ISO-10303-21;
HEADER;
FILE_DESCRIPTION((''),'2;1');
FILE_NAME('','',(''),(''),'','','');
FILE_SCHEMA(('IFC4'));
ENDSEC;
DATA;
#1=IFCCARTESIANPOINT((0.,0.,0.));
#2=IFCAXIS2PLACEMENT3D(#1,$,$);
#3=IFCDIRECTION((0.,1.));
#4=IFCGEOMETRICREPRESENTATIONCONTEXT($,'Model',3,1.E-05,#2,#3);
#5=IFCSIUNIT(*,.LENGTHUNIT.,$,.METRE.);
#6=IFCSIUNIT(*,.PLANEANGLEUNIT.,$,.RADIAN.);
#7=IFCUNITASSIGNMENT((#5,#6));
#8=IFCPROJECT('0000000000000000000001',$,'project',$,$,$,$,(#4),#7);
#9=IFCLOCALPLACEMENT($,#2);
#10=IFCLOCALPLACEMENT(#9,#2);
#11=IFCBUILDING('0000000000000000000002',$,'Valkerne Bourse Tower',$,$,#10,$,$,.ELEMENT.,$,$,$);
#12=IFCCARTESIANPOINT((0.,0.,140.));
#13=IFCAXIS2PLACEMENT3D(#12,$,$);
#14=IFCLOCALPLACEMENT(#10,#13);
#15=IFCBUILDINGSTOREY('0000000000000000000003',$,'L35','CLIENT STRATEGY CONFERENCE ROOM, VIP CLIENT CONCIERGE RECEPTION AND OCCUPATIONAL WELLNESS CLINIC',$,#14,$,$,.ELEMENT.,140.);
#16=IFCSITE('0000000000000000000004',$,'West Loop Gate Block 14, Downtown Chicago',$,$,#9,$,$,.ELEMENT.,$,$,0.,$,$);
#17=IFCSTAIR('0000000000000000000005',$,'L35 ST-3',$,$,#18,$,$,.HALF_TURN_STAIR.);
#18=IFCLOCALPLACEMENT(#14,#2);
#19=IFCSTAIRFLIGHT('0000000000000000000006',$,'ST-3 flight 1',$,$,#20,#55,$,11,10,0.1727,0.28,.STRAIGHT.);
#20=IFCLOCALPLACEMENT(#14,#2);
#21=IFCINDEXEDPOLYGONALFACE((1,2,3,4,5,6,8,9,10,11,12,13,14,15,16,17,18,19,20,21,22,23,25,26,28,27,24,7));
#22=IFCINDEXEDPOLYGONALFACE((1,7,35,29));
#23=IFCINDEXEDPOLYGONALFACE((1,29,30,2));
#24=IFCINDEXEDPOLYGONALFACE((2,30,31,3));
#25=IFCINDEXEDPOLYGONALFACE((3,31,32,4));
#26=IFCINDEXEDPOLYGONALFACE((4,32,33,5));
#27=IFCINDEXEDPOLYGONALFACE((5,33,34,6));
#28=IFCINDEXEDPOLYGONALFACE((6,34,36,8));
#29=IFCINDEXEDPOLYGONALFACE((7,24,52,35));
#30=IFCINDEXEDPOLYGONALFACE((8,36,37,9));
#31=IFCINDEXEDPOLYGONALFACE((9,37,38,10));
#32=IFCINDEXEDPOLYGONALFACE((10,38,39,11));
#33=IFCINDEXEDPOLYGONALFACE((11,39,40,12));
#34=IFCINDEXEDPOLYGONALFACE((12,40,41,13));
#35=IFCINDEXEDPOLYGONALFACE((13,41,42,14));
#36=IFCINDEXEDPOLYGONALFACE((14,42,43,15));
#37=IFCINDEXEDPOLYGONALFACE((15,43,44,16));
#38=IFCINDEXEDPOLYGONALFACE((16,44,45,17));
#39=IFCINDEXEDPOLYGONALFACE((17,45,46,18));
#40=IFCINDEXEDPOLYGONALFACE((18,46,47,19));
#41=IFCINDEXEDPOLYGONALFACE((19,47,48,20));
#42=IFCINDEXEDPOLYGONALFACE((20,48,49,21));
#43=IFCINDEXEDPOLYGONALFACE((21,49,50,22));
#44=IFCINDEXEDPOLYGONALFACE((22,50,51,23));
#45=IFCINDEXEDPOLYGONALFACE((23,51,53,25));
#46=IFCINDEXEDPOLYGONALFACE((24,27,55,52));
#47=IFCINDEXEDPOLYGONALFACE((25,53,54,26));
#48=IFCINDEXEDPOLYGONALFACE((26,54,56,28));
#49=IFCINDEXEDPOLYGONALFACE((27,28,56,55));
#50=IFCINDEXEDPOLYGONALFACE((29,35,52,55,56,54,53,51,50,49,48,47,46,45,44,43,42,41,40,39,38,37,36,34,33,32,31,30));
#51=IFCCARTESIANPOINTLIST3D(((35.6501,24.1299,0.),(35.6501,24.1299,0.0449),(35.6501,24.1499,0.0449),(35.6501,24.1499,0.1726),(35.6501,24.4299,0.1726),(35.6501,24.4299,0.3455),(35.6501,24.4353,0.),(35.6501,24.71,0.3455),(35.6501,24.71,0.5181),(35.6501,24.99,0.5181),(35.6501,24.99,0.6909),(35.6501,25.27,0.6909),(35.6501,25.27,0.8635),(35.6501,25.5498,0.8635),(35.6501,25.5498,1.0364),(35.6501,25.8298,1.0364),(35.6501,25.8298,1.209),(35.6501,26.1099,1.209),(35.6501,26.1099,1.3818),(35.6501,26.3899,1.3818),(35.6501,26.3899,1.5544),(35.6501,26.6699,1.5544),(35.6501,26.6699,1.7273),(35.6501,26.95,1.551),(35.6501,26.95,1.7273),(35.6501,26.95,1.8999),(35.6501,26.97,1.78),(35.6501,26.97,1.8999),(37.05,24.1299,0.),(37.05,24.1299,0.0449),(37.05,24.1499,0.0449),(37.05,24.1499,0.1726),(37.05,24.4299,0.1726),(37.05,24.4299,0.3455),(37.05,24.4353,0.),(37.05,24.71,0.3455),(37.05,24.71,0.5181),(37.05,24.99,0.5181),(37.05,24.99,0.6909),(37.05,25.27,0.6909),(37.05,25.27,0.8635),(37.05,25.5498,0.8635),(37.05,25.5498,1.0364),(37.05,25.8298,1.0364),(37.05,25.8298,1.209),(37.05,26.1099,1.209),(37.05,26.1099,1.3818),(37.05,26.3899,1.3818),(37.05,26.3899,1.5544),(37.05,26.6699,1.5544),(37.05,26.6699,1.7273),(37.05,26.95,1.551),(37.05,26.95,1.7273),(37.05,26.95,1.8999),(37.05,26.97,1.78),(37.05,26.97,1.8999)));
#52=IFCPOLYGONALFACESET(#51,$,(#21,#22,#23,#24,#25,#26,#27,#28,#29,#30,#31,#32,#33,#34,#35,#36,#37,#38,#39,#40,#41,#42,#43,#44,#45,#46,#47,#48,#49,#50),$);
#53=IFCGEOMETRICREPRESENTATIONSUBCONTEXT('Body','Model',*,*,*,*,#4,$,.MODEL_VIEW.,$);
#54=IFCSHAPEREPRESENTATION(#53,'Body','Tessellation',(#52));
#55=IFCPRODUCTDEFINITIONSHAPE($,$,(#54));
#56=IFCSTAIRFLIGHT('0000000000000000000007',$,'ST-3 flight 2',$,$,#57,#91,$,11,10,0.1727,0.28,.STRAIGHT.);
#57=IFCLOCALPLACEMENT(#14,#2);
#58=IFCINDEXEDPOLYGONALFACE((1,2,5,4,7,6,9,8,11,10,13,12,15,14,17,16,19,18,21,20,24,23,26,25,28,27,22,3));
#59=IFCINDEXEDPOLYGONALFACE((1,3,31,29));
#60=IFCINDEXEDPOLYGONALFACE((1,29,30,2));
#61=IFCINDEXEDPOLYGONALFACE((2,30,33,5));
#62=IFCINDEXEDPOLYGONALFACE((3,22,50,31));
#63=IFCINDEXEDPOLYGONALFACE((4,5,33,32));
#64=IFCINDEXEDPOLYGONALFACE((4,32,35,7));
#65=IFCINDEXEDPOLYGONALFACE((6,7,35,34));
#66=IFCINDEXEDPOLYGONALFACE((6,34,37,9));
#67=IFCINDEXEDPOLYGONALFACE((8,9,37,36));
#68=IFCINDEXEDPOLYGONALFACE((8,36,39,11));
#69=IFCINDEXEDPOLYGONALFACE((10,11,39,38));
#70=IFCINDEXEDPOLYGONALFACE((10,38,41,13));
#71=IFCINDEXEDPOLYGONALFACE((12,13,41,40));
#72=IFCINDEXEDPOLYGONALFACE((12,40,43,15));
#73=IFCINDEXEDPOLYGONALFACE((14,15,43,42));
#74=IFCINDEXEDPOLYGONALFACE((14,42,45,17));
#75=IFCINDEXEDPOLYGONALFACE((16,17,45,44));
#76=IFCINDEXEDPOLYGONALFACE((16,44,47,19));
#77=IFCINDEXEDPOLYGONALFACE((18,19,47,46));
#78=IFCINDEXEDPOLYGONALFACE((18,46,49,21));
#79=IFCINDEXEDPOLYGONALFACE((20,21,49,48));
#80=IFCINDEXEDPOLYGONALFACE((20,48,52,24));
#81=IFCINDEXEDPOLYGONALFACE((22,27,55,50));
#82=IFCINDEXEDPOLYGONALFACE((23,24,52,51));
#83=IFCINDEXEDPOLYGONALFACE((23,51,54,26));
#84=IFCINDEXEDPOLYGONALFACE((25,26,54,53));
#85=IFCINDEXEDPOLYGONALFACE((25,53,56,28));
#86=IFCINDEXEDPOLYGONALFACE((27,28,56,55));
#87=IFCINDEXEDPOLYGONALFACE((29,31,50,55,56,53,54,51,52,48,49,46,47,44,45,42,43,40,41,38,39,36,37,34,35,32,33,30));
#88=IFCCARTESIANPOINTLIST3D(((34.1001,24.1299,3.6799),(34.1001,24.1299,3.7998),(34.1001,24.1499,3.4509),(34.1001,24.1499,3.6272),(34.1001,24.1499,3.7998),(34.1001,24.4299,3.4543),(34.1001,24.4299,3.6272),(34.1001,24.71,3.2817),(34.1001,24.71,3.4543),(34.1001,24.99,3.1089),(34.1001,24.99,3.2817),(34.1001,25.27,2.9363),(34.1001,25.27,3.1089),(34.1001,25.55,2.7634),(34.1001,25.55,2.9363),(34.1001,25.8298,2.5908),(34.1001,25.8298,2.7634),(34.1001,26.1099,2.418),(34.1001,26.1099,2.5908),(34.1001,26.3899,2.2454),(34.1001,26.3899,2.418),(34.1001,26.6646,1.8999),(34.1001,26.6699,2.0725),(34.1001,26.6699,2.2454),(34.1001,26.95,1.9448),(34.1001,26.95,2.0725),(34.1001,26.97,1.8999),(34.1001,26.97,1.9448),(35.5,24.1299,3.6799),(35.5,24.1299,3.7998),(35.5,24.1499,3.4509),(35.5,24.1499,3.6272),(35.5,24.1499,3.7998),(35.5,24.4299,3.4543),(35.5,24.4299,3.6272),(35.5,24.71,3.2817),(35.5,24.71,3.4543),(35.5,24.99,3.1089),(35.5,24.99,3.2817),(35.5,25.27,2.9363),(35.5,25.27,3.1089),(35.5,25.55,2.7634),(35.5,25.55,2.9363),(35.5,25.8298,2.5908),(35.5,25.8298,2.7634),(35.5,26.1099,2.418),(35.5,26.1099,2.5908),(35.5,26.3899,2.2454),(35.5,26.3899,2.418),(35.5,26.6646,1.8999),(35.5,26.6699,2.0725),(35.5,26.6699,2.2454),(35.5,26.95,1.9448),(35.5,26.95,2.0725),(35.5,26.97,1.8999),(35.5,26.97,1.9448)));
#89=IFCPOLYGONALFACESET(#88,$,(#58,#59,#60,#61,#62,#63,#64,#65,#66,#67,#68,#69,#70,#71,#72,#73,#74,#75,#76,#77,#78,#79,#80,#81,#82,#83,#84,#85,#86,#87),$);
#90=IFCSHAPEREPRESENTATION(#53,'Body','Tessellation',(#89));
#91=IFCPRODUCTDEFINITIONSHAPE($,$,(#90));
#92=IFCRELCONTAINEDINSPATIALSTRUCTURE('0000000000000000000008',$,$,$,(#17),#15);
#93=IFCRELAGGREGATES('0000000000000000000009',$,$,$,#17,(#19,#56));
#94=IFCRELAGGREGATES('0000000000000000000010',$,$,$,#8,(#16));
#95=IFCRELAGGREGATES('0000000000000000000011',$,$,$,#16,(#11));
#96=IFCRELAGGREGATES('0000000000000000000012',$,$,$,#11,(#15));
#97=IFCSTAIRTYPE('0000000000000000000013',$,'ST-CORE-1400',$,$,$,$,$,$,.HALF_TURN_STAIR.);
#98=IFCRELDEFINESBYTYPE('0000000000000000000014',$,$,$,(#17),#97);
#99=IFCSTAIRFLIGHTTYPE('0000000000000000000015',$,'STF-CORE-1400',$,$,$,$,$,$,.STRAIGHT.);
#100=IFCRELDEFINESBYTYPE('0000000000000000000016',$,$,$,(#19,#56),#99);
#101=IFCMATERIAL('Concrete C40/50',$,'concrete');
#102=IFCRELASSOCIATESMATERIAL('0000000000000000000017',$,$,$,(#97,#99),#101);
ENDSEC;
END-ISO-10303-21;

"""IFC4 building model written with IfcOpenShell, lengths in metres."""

from ifc_helpers import new_model, si_unit, direction, frame, origin, place, context, subcontext, project, spatial, polyline, outline, extrude, material, type_object, element, aggregate, save


model = new_model("IFC4")

# Units and contexts
model_context = context("Model", 3, precision=1e-05, world=origin(), true_north=direction((0.0, 1.0)))
body_context = subcontext(model_context, "Body", "Model", "MODEL_VIEW")
ifc_project = project(units=[si_unit("LENGTHUNIT", "METRE"), si_unit("PLANEANGLEUNIT", "RADIAN")], contexts=[model_context])

# Site, building, storey
site_placement = place(None, origin())
site = spatial("IfcSite", under=ifc_project, at=site_placement, Name="West Loop Gate Block 14, Downtown Chicago", CompositionType="ELEMENT", RefElevation=0.0)
building_placement = place(site_placement, origin())
building = spatial("IfcBuilding", under=site, at=building_placement, Name="Valkerne Bourse Tower", CompositionType="ELEMENT")
storey_placement = place(building_placement, frame((0.0, 0.0, 140.0)))
storey = spatial("IfcBuildingStorey", under=building, at=storey_placement, Name="L35", Description="CLIENT STRATEGY CONFERENCE ROOM, VIP CLIENT CONCIERGE RECEPTION AND OCCUPATIONAL WELLNESS CLINIC", CompositionType="ELEMENT", Elevation=140.0)

# Shared definitions
ifc_material_1 = material(Name="Concrete C40/50", Category="concrete")

# Stair, stair flights
stair_type = type_object("IfcStairType", Name="ST-CORE-1400", PredefinedType="HALF_TURN_STAIR", material=ifc_material_1)
stair_placement = place(storey_placement, origin())
stair = element("IfcStair", 1, at=stair_placement, inside=storey, type_object=stair_type, Name="L35 ST-3", PredefinedType="HALF_TURN_STAIR")
stair_flight_type = type_object("IfcStairFlightType", Name="STF-CORE-1400", PredefinedType="STRAIGHT", material=ifc_material_1)
stair_flight_1_placement = place(storey_placement, frame((36.3501, 24.1499, 0.0), z_axis=(0.0, 0.0, 1.0), x_axis=(0.0, 1.0, 0.0)))
stair_flight_1 = element("IfcStairFlight", 2, at=stair_flight_1_placement, type_object=stair_flight_type, Name="ST-3 flight 1", NumberOfRisers=11, NumberOfTreads=10, PredefinedType="STRAIGHT", RiserHeight=0.1727, TreadLength=0.28, context=body_context, shape_type="SweptSolid", body=[
    extrude(outline(polyline([(-0.02, 0.0), (-0.02, 0.0449), (0.0, 0.0449), (0.0, 0.1726), (0.28, 0.1726), (0.28, 0.3455), (0.5601, 0.3455), (0.5601, 0.5181), (0.8401, 0.5181), (0.8401, 0.6909), (1.1201, 0.6909), (1.1201, 0.8635), (1.3999, 0.8635), (1.3999, 1.0364), (1.6799, 1.0364), (1.6799, 1.209), (1.96, 1.209), (1.96, 1.3818), (2.24, 1.3818), (2.24, 1.5544), (2.52, 1.5544), (2.52, 1.7273), (2.8, 1.7273), (2.8, 1.8999), (2.8201, 1.8999), (2.8201, 1.78), (2.8, 1.551), (0.2854, 0.0), (-0.02, 0.0)])), frame((0.0, 0.7, 0.0), z_axis=(0.0, -1.0, 0.0), x_axis=(1.0, 0.0, 0.0)), (0.0, 0.0, 1.0), 1.3999),
])
stair_flight_2_placement = place(storey_placement, frame((34.8, 26.95, 1.8999), z_axis=(0.0, 0.0, 1.0), x_axis=(0.0, -1.0, 0.0)))
stair_flight_2 = element("IfcStairFlight", 3, at=stair_flight_2_placement, type_object=stair_flight_type, Name="ST-3 flight 2", NumberOfRisers=11, NumberOfTreads=10, PredefinedType="STRAIGHT", RiserHeight=0.1727, TreadLength=0.28, context=body_context, shape_type="SweptSolid", body=[
    extrude(outline(polyline([(-0.02, 0.0), (-0.02, 0.0449), (0.0, 0.0449), (0.0, 0.1726), (0.28, 0.1726), (0.28, 0.3455), (0.5601, 0.3455), (0.5601, 0.5181), (0.8401, 0.5181), (0.8401, 0.6909), (1.1201, 0.6909), (1.1201, 0.8635), (1.3999, 0.8635), (1.3999, 1.0364), (1.6799, 1.0364), (1.6799, 1.209), (1.96, 1.209), (1.96, 1.3818), (2.24, 1.3818), (2.24, 1.5544), (2.52, 1.5544), (2.52, 1.7273), (2.8, 1.7273), (2.8, 1.8999), (2.8201, 1.8999), (2.8201, 1.78), (2.8, 1.551), (0.2854, 0.0), (-0.02, 0.0)])), frame((0.0, 0.7, 0.0), z_axis=(0.0, -1.0, 0.0), x_axis=(1.0, 0.0, 0.0)), (0.0, 0.0, 1.0), 1.3999),
])
aggregate(stair, [stair_flight_1, stair_flight_2])

save(model, "model.ifc")
